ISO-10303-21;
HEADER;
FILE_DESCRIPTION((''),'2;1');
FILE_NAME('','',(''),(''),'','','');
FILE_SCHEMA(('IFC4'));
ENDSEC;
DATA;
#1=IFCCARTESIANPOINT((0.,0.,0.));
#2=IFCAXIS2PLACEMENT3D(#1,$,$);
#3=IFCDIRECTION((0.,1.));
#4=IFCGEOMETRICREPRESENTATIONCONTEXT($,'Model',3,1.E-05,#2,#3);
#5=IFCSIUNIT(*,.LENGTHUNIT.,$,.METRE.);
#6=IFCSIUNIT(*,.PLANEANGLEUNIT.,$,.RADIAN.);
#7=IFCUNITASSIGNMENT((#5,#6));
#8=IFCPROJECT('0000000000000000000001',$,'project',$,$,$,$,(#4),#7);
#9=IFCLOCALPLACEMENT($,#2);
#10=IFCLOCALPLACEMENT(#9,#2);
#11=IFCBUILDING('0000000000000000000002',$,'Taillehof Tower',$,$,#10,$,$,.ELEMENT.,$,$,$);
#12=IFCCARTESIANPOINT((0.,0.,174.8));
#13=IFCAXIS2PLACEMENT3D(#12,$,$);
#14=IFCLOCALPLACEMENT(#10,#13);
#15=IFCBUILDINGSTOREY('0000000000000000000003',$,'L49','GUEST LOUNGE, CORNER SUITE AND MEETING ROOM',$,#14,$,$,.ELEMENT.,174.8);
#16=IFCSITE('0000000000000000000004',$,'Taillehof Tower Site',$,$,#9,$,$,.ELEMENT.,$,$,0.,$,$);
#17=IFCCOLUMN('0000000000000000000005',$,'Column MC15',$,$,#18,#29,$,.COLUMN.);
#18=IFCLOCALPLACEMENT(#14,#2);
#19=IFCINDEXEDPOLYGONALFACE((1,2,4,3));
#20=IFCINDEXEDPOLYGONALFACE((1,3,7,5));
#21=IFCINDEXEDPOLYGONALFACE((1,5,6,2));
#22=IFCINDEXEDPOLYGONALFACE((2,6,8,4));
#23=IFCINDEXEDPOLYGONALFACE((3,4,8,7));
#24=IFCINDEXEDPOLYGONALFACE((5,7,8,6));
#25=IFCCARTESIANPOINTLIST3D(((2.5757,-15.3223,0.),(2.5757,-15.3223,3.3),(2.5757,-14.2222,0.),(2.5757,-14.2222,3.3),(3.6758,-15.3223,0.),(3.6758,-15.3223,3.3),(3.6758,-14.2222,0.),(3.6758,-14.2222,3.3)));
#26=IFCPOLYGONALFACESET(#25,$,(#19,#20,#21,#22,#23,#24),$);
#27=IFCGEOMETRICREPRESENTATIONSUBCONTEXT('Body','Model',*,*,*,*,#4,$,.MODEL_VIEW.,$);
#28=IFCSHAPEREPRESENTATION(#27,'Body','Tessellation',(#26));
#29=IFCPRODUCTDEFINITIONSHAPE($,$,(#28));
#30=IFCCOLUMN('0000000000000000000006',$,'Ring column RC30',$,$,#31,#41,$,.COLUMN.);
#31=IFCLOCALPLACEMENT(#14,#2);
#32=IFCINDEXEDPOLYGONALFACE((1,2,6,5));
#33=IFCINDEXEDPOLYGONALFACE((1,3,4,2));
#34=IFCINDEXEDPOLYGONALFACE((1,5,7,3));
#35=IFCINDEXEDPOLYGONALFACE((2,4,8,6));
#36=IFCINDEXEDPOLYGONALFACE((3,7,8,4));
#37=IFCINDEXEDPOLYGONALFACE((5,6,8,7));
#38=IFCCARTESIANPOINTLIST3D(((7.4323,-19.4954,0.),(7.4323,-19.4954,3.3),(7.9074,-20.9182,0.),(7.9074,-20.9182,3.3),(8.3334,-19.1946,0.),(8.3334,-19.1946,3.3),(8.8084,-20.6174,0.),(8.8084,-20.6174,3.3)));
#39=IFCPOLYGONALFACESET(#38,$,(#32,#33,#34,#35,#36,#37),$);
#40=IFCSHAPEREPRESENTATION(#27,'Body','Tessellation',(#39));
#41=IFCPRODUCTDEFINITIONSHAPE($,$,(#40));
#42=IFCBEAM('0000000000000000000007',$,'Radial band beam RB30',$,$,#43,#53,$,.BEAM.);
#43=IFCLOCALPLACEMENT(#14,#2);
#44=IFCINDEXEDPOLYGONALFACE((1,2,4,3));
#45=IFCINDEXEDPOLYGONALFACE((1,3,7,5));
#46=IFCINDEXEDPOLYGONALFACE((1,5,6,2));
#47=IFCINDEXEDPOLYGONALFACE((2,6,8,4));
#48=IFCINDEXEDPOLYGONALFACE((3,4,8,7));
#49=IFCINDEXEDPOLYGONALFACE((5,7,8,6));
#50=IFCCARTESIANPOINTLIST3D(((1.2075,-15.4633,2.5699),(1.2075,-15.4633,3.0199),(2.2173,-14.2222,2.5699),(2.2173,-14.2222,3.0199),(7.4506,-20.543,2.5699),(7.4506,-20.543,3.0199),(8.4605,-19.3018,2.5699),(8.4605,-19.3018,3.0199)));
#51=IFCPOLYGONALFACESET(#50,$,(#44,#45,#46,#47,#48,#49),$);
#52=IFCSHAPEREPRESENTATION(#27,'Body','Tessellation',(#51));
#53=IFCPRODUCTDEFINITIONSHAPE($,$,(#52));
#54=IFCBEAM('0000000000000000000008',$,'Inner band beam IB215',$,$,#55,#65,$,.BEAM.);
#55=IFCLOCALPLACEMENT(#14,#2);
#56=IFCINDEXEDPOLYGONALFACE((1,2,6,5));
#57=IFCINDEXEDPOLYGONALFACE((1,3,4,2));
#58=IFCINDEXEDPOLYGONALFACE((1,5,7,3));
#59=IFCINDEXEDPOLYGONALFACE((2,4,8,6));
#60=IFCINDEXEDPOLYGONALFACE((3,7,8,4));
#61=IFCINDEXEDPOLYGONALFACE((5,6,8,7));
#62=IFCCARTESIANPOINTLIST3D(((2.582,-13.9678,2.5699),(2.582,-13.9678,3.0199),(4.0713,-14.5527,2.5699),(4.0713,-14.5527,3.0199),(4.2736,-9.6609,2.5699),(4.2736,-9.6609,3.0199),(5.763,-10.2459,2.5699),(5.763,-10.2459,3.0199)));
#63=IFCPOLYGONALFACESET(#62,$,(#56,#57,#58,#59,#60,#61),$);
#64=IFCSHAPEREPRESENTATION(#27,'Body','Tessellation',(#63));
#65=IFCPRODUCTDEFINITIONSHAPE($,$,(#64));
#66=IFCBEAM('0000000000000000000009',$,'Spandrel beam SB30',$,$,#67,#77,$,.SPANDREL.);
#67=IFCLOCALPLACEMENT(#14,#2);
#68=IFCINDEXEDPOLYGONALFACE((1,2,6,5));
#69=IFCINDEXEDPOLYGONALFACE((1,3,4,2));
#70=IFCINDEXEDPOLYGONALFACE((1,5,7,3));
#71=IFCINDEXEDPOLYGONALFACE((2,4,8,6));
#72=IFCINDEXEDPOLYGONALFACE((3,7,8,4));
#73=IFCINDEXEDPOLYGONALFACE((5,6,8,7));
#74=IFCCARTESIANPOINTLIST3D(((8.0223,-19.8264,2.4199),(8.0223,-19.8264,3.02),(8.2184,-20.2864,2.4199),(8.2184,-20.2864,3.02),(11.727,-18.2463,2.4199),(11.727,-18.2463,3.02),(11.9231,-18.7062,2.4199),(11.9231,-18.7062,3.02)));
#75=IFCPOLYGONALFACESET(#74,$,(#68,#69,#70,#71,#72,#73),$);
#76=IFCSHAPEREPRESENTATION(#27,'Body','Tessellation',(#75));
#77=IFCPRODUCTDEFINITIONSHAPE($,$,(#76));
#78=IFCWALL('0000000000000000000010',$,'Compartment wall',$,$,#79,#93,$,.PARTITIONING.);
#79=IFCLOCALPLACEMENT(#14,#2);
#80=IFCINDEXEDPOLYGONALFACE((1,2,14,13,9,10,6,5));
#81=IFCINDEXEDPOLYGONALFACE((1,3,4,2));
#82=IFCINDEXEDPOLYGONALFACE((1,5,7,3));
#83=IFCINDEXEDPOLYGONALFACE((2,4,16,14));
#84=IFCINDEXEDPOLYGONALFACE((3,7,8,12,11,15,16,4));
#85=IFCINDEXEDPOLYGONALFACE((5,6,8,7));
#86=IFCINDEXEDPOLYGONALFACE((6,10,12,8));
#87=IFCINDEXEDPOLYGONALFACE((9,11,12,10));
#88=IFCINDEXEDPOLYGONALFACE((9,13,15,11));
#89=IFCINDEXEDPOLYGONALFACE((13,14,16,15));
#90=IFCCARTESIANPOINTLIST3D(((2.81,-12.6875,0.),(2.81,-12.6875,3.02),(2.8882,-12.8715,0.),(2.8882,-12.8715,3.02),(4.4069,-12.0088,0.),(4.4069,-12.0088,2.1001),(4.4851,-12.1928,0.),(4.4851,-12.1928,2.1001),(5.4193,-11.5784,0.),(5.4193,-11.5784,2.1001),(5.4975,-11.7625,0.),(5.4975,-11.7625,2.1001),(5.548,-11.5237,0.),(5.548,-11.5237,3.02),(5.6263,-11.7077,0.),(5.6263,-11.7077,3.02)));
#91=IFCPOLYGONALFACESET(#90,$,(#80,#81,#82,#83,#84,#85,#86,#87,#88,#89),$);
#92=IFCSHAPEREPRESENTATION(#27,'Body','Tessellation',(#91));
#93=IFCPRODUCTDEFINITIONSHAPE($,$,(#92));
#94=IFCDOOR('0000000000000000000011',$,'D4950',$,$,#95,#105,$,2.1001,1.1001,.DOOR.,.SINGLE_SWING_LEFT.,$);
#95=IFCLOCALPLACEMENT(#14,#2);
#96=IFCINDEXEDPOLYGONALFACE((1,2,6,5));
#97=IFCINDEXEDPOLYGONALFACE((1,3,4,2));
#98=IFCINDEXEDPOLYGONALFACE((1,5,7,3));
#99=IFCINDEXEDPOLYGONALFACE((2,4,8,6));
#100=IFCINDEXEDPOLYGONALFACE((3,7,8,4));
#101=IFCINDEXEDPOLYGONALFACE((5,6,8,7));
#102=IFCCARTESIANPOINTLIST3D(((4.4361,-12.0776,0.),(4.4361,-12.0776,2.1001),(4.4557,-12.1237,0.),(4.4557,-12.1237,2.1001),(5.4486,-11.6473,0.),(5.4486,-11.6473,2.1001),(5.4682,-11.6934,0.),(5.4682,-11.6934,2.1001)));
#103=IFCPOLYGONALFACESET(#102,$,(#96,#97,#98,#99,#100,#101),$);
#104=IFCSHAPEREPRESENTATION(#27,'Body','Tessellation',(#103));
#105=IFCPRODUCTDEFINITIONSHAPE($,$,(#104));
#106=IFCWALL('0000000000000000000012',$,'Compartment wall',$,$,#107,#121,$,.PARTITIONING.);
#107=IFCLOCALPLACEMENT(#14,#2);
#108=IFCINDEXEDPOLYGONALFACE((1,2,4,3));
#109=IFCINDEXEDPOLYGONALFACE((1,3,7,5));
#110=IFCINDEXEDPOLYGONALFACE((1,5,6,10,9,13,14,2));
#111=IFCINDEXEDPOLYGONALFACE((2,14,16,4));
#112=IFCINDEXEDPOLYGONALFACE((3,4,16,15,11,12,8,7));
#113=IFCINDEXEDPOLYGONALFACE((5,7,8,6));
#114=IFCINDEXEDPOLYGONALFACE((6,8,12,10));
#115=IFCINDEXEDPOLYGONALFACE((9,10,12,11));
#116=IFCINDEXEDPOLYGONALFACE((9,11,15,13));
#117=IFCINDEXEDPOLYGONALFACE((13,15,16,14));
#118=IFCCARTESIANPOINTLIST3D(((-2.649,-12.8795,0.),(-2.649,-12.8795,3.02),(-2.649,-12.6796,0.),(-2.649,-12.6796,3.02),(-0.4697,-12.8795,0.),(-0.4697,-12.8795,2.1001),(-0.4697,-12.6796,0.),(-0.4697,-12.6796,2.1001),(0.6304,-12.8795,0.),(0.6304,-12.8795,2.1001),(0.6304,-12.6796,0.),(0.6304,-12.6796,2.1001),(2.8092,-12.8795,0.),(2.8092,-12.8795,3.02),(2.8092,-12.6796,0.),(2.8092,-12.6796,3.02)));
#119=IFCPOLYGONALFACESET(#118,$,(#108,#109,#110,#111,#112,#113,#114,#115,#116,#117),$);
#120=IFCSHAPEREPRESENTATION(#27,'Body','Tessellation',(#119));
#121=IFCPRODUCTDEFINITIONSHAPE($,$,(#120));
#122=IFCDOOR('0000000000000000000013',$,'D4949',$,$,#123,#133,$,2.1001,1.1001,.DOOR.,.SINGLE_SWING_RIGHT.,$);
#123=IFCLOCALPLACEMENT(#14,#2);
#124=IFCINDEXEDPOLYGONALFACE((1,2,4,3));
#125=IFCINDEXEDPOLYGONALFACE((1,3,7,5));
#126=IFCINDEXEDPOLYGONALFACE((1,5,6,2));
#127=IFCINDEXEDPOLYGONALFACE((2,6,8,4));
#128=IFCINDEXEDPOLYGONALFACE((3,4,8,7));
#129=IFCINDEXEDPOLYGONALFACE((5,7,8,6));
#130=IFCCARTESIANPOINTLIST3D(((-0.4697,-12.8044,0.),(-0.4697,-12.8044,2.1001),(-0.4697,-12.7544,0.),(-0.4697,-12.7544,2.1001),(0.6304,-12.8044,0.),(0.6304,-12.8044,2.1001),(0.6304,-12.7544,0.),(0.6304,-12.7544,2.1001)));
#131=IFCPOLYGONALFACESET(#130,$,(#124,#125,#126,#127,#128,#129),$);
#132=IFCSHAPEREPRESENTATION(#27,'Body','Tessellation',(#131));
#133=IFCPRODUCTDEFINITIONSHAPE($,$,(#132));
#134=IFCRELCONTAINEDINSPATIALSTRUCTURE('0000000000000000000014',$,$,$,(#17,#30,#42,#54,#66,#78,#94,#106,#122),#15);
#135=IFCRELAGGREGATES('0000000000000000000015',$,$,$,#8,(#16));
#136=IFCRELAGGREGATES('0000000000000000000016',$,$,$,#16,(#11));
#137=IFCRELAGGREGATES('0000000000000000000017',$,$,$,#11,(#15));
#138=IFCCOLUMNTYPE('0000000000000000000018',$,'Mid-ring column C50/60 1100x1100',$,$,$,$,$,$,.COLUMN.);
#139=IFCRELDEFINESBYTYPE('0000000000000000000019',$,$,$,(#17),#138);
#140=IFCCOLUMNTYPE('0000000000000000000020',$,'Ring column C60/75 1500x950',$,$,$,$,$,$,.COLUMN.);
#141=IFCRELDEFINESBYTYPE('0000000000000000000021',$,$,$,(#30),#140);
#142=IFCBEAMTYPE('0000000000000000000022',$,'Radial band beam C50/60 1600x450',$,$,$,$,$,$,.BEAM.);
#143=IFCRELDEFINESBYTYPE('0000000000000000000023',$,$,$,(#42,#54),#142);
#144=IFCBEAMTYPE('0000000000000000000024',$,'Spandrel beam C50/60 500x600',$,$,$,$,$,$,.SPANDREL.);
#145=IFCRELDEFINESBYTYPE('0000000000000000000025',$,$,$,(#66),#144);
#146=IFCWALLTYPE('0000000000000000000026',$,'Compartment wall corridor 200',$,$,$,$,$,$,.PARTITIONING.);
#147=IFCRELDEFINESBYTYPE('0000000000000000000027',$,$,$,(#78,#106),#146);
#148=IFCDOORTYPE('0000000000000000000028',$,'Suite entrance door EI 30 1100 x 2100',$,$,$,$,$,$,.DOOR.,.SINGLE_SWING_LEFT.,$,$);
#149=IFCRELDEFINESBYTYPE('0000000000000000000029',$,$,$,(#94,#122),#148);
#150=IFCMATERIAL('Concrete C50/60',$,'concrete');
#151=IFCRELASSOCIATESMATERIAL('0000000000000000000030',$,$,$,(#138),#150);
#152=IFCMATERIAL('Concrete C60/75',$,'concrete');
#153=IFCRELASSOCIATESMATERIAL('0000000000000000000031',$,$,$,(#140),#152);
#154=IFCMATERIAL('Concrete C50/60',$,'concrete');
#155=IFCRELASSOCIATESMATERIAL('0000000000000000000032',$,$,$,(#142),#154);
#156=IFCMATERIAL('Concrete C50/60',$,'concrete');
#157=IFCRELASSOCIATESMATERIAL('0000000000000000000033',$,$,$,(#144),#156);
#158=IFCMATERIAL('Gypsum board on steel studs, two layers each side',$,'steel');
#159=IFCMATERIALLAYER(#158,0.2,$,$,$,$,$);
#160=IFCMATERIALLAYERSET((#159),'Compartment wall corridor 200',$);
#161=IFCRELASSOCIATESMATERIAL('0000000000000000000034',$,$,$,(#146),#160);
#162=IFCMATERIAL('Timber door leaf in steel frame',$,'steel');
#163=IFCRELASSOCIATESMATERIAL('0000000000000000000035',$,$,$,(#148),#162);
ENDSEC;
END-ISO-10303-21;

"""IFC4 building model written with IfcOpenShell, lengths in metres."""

from ifc_helpers import new_model, si_unit, direction, frame, frame_2d, origin, origin_2d, place, context, subcontext, project, spatial, rectangle, extrude, material, layer, layer_set, material_profile, profile_set, type_object, element, fill, save


model = new_model("IFC4")

# Units and contexts
model_context = context("Model", 3, precision=1e-05, world=origin(), true_north=direction((0.0, 1.0)))
body_context = subcontext(model_context, "Body", "Model", "MODEL_VIEW")
ifc_project = project(units=[si_unit("LENGTHUNIT", "METRE"), si_unit("PLANEANGLEUNIT", "RADIAN")], contexts=[model_context])

# Site, building, storey
site_placement = place(None, origin())
site = spatial("IfcSite", under=ifc_project, at=site_placement, Name="Taillehof Tower Site", CompositionType="ELEMENT", RefElevation=0.0)
building_placement = place(site_placement, origin())
building = spatial("IfcBuilding", under=site, at=building_placement, Name="Taillehof Tower", CompositionType="ELEMENT")
storey_placement = place(building_placement, frame((0.0, 0.0, 174.8)))
storey = spatial("IfcBuildingStorey", under=building, at=storey_placement, Name="L49", Description="GUEST LOUNGE, CORNER SUITE AND MEETING ROOM", CompositionType="ELEMENT", Elevation=174.8)

# Columns
ifc_material_1 = material(Name="Concrete C50/60", Category="concrete")
ifc_material_profile_1 = material_profile(ifc_material_1, rectangle(XDim=1.1001, YDim=1.1001, at=origin_2d()), Name="RC 1100x1100")
ifc_profile_set_1 = profile_set([ifc_material_profile_1], Name="Concrete C50/60")
column_type_1 = type_object("IfcColumnType", Name="Mid-ring column C50/60 1100x1100", PredefinedType="COLUMN", material=ifc_profile_set_1)
column_1_placement = place(storey_placement, frame((3.1257, -14.7722, 0.0), z_axis=(0.0, 0.0, 1.0), x_axis=(1.0, 0.0, 0.0)))
element("IfcColumn", 1, at=column_1_placement, inside=storey, type_object=column_type_1, Name="Column MC15", PredefinedType="COLUMN", context=body_context, shape_type="SweptSolid", body=[
    extrude(rectangle(XDim=1.1001, YDim=1.1001, at=origin_2d()), origin(), (0.0, 0.0, 1.0), 3.3),
])
ifc_material_2 = material(Name="Concrete C60/75", Category="concrete")
ifc_material_profile_2 = material_profile(ifc_material_2, rectangle(XDim=1.5, YDim=0.95, at=origin_2d()), Name="RC 1500x950")
ifc_profile_set_2 = profile_set([ifc_material_profile_2], Name="Concrete C60/75")
column_type_2 = type_object("IfcColumnType", Name="Ring column C60/75 1500x950", PredefinedType="COLUMN", material=ifc_profile_set_2)
column_2_placement = place(storey_placement, frame((8.1204, -20.0564, 0.0), z_axis=(0.0, 0.0, 1.0), x_axis=(0.316703, -0.948525, 0.0)))
element("IfcColumn", 2, at=column_2_placement, inside=storey, type_object=column_type_2, Name="Ring column RC30", PredefinedType="COLUMN", context=body_context, shape_type="SweptSolid", body=[
    extrude(rectangle(XDim=1.5, YDim=0.95, at=origin_2d()), origin(), (0.0, 0.0, 1.0), 3.3),
])

# Beams
ifc_material_3 = material(Name="Concrete C50/60", Category="concrete")
ifc_material_profile_3 = material_profile(ifc_material_3, rectangle(XDim=1.6001, YDim=0.45, at=origin_2d()), Name="RC 1600x450")
ifc_profile_set_3 = profile_set([ifc_material_profile_3], Name="Concrete C50/60")
beam_type_1 = type_object("IfcBeamType", Name="Radial band beam C50/60 1600x450", PredefinedType="BEAM", material=ifc_profile_set_3)
beam_1_placement = place(storey_placement, frame((7.9556, -19.9224, 2.7949), z_axis=(-0.775687, 0.631118, 0.0), x_axis=(-0.631118, -0.775687, 0.0)))
element("IfcBeam", 3, at=beam_1_placement, inside=storey, type_object=beam_type_1, Name="Radial band beam RB30", PredefinedType="BEAM", context=body_context, shape_type="SweptSolid", body=[
    extrude(rectangle(XDim=1.6001, YDim=0.45, at=origin_2d()), origin(), (0.0, 0.0, 1.0), 8.0486),
])
beam_2_placement = place(storey_placement, frame((3.3267, -14.2603, 2.7949), z_axis=(0.365589, 0.930777, 0.0), x_axis=(-0.930777, 0.365589, 0.0)))
element("IfcBeam", 4, at=beam_2_placement, inside=storey, type_object=beam_type_1, Name="Inner band beam IB215", PredefinedType="BEAM", context=body_context, shape_type="SweptSolid", body=[
    extrude(rectangle(XDim=1.6001, YDim=0.45, at=origin_2d()), origin(), (0.0, 0.0, 1.0), 4.6272),
])
ifc_material_4 = material(Name="Concrete C50/60", Category="concrete")
ifc_material_profile_4 = material_profile(ifc_material_4, rectangle(XDim=0.5, YDim=0.6001, at=origin_2d()), Name="RC 500x600")
ifc_profile_set_4 = profile_set([ifc_material_profile_4], Name="Concrete C50/60")
beam_type_2 = type_object("IfcBeamType", Name="Spandrel beam C50/60 500x600", PredefinedType="SPANDREL", material=ifc_profile_set_4)
beam_3_placement = place(storey_placement, frame((8.1204, -20.0564, 2.72), z_axis=(0.919827, 0.392324, 0.0), x_axis=(-0.392324, 0.919827, 0.0)))
element("IfcBeam", 5, at=beam_3_placement, inside=storey, type_object=beam_type_2, Name="Spandrel beam SB30", PredefinedType="SPANDREL", context=body_context, shape_type="SweptSolid", body=[
    extrude(rectangle(XDim=0.5, YDim=0.6001, at=origin_2d()), origin(), (0.0, 0.0, 1.0), 4.0276),
])

# Walls, openings, doors
ifc_material_5 = material(Name="Gypsum board on steel studs, two layers each side", Category="steel")
ifc_layer_1 = layer(ifc_material_5, 0.2)
ifc_layer_set_1 = layer_set([ifc_layer_1], Name="Compartment wall corridor 200")
wall_type_1 = type_object("IfcWallType", Name="Compartment wall corridor 200", PredefinedType="PARTITIONING", material=ifc_layer_set_1)
wall_1_placement = place(storey_placement, frame((5.5872, -11.6157, 0.0), z_axis=(0.0, 0.0, 1.0), x_axis=(-0.920312, -0.391184, 0.0)))
wall_1 = element("IfcWall", 6, at=wall_1_placement, inside=storey, type_object=wall_type_1, Name="Compartment wall", PredefinedType="PARTITIONING", context=body_context, shape_type="SweptSolid", body=[
    extrude(rectangle(XDim=2.9751, YDim=0.2, at=frame_2d((1.4875, 0.0))), origin(), (0.0, 0.0, 1.0), 3.02),
])
opening_1_placement = place(wall_1_placement, frame((0.1399, 0.0, 0.0)))
opening_1 = element("IfcOpeningElement", 7, at=opening_1_placement, cuts=wall_1, PredefinedType="OPENING", context=body_context, shape_type="SweptSolid", body=[
    extrude(rectangle(XDim=1.1001, YDim=2.1001, at=frame_2d((0.55, 1.05))), frame((0.0, 0.1099, 0.0), z_axis=(0.0, -1.0, 0.0), x_axis=(1.0, 0.0, 0.0)), (0.0, 0.0, 1.0), 0.22),
])
ifc_material_6 = material(Name="Timber door leaf in steel frame", Category="steel")
door_type_1 = type_object("IfcDoorType", Name="Suite entrance door EI 30 1100 x 2100", OperationType="SINGLE_SWING_LEFT", PredefinedType="DOOR", material=ifc_material_6)
door_1_placement = place(opening_1_placement, origin())
door_1 = element("IfcDoor", 8, at=door_1_placement, inside=storey, type_object=door_type_1, Name="D4950", OperationType="SINGLE_SWING_LEFT", OverallHeight=2.1001, OverallWidth=1.1001, PredefinedType="DOOR", context=body_context, shape_type="SweptSolid", body=[
    extrude(rectangle(XDim=1.1001, YDim=2.1001, at=frame_2d((0.55, 1.05))), frame((0.0, 0.0249, 0.0), z_axis=(0.0, -1.0, 0.0), x_axis=(1.0, 0.0, 0.0)), (0.0, 0.0, 1.0), 0.05),
])
fill(opening_1, door_1)
wall_2_placement = place(storey_placement, frame((2.8091, -12.7795, 0.0), z_axis=(0.0, 0.0, 1.0), x_axis=(-1.0, 0.0, 0.0)))
wall_2 = element("IfcWall", 9, at=wall_2_placement, inside=storey, type_object=wall_type_1, Name="Compartment wall", PredefinedType="PARTITIONING", context=body_context, shape_type="SweptSolid", body=[
    extrude(rectangle(XDim=5.4583, YDim=0.2, at=frame_2d((2.729, 0.0))), origin(), (0.0, 0.0, 1.0), 3.02),
])
opening_2_placement = place(wall_2_placement, frame((2.1787, 0.0, 0.0)))
opening_2 = element("IfcOpeningElement", 10, at=opening_2_placement, cuts=wall_2, PredefinedType="OPENING", context=body_context, shape_type="SweptSolid", body=[
    extrude(rectangle(XDim=1.1001, YDim=2.1001, at=frame_2d((0.55, 1.05))), frame((0.0, 0.1099, 0.0), z_axis=(0.0, -1.0, 0.0), x_axis=(1.0, 0.0, 0.0)), (0.0, 0.0, 1.0), 0.22),
])
door_2_placement = place(opening_2_placement, origin())
door_2 = element("IfcDoor", 11, at=door_2_placement, inside=storey, type_object=door_type_1, Name="D4949", OperationType="SINGLE_SWING_RIGHT", OverallHeight=2.1001, OverallWidth=1.1001, PredefinedType="DOOR", context=body_context, shape_type="SweptSolid", body=[
    extrude(rectangle(XDim=1.1001, YDim=2.1001, at=frame_2d((0.55, 1.05))), frame((0.0, 0.0249, 0.0), z_axis=(0.0, -1.0, 0.0), x_axis=(1.0, 0.0, 0.0)), (0.0, 0.0, 1.0), 0.05),
])
fill(opening_2, door_2)

save(model, "model.ifc")
